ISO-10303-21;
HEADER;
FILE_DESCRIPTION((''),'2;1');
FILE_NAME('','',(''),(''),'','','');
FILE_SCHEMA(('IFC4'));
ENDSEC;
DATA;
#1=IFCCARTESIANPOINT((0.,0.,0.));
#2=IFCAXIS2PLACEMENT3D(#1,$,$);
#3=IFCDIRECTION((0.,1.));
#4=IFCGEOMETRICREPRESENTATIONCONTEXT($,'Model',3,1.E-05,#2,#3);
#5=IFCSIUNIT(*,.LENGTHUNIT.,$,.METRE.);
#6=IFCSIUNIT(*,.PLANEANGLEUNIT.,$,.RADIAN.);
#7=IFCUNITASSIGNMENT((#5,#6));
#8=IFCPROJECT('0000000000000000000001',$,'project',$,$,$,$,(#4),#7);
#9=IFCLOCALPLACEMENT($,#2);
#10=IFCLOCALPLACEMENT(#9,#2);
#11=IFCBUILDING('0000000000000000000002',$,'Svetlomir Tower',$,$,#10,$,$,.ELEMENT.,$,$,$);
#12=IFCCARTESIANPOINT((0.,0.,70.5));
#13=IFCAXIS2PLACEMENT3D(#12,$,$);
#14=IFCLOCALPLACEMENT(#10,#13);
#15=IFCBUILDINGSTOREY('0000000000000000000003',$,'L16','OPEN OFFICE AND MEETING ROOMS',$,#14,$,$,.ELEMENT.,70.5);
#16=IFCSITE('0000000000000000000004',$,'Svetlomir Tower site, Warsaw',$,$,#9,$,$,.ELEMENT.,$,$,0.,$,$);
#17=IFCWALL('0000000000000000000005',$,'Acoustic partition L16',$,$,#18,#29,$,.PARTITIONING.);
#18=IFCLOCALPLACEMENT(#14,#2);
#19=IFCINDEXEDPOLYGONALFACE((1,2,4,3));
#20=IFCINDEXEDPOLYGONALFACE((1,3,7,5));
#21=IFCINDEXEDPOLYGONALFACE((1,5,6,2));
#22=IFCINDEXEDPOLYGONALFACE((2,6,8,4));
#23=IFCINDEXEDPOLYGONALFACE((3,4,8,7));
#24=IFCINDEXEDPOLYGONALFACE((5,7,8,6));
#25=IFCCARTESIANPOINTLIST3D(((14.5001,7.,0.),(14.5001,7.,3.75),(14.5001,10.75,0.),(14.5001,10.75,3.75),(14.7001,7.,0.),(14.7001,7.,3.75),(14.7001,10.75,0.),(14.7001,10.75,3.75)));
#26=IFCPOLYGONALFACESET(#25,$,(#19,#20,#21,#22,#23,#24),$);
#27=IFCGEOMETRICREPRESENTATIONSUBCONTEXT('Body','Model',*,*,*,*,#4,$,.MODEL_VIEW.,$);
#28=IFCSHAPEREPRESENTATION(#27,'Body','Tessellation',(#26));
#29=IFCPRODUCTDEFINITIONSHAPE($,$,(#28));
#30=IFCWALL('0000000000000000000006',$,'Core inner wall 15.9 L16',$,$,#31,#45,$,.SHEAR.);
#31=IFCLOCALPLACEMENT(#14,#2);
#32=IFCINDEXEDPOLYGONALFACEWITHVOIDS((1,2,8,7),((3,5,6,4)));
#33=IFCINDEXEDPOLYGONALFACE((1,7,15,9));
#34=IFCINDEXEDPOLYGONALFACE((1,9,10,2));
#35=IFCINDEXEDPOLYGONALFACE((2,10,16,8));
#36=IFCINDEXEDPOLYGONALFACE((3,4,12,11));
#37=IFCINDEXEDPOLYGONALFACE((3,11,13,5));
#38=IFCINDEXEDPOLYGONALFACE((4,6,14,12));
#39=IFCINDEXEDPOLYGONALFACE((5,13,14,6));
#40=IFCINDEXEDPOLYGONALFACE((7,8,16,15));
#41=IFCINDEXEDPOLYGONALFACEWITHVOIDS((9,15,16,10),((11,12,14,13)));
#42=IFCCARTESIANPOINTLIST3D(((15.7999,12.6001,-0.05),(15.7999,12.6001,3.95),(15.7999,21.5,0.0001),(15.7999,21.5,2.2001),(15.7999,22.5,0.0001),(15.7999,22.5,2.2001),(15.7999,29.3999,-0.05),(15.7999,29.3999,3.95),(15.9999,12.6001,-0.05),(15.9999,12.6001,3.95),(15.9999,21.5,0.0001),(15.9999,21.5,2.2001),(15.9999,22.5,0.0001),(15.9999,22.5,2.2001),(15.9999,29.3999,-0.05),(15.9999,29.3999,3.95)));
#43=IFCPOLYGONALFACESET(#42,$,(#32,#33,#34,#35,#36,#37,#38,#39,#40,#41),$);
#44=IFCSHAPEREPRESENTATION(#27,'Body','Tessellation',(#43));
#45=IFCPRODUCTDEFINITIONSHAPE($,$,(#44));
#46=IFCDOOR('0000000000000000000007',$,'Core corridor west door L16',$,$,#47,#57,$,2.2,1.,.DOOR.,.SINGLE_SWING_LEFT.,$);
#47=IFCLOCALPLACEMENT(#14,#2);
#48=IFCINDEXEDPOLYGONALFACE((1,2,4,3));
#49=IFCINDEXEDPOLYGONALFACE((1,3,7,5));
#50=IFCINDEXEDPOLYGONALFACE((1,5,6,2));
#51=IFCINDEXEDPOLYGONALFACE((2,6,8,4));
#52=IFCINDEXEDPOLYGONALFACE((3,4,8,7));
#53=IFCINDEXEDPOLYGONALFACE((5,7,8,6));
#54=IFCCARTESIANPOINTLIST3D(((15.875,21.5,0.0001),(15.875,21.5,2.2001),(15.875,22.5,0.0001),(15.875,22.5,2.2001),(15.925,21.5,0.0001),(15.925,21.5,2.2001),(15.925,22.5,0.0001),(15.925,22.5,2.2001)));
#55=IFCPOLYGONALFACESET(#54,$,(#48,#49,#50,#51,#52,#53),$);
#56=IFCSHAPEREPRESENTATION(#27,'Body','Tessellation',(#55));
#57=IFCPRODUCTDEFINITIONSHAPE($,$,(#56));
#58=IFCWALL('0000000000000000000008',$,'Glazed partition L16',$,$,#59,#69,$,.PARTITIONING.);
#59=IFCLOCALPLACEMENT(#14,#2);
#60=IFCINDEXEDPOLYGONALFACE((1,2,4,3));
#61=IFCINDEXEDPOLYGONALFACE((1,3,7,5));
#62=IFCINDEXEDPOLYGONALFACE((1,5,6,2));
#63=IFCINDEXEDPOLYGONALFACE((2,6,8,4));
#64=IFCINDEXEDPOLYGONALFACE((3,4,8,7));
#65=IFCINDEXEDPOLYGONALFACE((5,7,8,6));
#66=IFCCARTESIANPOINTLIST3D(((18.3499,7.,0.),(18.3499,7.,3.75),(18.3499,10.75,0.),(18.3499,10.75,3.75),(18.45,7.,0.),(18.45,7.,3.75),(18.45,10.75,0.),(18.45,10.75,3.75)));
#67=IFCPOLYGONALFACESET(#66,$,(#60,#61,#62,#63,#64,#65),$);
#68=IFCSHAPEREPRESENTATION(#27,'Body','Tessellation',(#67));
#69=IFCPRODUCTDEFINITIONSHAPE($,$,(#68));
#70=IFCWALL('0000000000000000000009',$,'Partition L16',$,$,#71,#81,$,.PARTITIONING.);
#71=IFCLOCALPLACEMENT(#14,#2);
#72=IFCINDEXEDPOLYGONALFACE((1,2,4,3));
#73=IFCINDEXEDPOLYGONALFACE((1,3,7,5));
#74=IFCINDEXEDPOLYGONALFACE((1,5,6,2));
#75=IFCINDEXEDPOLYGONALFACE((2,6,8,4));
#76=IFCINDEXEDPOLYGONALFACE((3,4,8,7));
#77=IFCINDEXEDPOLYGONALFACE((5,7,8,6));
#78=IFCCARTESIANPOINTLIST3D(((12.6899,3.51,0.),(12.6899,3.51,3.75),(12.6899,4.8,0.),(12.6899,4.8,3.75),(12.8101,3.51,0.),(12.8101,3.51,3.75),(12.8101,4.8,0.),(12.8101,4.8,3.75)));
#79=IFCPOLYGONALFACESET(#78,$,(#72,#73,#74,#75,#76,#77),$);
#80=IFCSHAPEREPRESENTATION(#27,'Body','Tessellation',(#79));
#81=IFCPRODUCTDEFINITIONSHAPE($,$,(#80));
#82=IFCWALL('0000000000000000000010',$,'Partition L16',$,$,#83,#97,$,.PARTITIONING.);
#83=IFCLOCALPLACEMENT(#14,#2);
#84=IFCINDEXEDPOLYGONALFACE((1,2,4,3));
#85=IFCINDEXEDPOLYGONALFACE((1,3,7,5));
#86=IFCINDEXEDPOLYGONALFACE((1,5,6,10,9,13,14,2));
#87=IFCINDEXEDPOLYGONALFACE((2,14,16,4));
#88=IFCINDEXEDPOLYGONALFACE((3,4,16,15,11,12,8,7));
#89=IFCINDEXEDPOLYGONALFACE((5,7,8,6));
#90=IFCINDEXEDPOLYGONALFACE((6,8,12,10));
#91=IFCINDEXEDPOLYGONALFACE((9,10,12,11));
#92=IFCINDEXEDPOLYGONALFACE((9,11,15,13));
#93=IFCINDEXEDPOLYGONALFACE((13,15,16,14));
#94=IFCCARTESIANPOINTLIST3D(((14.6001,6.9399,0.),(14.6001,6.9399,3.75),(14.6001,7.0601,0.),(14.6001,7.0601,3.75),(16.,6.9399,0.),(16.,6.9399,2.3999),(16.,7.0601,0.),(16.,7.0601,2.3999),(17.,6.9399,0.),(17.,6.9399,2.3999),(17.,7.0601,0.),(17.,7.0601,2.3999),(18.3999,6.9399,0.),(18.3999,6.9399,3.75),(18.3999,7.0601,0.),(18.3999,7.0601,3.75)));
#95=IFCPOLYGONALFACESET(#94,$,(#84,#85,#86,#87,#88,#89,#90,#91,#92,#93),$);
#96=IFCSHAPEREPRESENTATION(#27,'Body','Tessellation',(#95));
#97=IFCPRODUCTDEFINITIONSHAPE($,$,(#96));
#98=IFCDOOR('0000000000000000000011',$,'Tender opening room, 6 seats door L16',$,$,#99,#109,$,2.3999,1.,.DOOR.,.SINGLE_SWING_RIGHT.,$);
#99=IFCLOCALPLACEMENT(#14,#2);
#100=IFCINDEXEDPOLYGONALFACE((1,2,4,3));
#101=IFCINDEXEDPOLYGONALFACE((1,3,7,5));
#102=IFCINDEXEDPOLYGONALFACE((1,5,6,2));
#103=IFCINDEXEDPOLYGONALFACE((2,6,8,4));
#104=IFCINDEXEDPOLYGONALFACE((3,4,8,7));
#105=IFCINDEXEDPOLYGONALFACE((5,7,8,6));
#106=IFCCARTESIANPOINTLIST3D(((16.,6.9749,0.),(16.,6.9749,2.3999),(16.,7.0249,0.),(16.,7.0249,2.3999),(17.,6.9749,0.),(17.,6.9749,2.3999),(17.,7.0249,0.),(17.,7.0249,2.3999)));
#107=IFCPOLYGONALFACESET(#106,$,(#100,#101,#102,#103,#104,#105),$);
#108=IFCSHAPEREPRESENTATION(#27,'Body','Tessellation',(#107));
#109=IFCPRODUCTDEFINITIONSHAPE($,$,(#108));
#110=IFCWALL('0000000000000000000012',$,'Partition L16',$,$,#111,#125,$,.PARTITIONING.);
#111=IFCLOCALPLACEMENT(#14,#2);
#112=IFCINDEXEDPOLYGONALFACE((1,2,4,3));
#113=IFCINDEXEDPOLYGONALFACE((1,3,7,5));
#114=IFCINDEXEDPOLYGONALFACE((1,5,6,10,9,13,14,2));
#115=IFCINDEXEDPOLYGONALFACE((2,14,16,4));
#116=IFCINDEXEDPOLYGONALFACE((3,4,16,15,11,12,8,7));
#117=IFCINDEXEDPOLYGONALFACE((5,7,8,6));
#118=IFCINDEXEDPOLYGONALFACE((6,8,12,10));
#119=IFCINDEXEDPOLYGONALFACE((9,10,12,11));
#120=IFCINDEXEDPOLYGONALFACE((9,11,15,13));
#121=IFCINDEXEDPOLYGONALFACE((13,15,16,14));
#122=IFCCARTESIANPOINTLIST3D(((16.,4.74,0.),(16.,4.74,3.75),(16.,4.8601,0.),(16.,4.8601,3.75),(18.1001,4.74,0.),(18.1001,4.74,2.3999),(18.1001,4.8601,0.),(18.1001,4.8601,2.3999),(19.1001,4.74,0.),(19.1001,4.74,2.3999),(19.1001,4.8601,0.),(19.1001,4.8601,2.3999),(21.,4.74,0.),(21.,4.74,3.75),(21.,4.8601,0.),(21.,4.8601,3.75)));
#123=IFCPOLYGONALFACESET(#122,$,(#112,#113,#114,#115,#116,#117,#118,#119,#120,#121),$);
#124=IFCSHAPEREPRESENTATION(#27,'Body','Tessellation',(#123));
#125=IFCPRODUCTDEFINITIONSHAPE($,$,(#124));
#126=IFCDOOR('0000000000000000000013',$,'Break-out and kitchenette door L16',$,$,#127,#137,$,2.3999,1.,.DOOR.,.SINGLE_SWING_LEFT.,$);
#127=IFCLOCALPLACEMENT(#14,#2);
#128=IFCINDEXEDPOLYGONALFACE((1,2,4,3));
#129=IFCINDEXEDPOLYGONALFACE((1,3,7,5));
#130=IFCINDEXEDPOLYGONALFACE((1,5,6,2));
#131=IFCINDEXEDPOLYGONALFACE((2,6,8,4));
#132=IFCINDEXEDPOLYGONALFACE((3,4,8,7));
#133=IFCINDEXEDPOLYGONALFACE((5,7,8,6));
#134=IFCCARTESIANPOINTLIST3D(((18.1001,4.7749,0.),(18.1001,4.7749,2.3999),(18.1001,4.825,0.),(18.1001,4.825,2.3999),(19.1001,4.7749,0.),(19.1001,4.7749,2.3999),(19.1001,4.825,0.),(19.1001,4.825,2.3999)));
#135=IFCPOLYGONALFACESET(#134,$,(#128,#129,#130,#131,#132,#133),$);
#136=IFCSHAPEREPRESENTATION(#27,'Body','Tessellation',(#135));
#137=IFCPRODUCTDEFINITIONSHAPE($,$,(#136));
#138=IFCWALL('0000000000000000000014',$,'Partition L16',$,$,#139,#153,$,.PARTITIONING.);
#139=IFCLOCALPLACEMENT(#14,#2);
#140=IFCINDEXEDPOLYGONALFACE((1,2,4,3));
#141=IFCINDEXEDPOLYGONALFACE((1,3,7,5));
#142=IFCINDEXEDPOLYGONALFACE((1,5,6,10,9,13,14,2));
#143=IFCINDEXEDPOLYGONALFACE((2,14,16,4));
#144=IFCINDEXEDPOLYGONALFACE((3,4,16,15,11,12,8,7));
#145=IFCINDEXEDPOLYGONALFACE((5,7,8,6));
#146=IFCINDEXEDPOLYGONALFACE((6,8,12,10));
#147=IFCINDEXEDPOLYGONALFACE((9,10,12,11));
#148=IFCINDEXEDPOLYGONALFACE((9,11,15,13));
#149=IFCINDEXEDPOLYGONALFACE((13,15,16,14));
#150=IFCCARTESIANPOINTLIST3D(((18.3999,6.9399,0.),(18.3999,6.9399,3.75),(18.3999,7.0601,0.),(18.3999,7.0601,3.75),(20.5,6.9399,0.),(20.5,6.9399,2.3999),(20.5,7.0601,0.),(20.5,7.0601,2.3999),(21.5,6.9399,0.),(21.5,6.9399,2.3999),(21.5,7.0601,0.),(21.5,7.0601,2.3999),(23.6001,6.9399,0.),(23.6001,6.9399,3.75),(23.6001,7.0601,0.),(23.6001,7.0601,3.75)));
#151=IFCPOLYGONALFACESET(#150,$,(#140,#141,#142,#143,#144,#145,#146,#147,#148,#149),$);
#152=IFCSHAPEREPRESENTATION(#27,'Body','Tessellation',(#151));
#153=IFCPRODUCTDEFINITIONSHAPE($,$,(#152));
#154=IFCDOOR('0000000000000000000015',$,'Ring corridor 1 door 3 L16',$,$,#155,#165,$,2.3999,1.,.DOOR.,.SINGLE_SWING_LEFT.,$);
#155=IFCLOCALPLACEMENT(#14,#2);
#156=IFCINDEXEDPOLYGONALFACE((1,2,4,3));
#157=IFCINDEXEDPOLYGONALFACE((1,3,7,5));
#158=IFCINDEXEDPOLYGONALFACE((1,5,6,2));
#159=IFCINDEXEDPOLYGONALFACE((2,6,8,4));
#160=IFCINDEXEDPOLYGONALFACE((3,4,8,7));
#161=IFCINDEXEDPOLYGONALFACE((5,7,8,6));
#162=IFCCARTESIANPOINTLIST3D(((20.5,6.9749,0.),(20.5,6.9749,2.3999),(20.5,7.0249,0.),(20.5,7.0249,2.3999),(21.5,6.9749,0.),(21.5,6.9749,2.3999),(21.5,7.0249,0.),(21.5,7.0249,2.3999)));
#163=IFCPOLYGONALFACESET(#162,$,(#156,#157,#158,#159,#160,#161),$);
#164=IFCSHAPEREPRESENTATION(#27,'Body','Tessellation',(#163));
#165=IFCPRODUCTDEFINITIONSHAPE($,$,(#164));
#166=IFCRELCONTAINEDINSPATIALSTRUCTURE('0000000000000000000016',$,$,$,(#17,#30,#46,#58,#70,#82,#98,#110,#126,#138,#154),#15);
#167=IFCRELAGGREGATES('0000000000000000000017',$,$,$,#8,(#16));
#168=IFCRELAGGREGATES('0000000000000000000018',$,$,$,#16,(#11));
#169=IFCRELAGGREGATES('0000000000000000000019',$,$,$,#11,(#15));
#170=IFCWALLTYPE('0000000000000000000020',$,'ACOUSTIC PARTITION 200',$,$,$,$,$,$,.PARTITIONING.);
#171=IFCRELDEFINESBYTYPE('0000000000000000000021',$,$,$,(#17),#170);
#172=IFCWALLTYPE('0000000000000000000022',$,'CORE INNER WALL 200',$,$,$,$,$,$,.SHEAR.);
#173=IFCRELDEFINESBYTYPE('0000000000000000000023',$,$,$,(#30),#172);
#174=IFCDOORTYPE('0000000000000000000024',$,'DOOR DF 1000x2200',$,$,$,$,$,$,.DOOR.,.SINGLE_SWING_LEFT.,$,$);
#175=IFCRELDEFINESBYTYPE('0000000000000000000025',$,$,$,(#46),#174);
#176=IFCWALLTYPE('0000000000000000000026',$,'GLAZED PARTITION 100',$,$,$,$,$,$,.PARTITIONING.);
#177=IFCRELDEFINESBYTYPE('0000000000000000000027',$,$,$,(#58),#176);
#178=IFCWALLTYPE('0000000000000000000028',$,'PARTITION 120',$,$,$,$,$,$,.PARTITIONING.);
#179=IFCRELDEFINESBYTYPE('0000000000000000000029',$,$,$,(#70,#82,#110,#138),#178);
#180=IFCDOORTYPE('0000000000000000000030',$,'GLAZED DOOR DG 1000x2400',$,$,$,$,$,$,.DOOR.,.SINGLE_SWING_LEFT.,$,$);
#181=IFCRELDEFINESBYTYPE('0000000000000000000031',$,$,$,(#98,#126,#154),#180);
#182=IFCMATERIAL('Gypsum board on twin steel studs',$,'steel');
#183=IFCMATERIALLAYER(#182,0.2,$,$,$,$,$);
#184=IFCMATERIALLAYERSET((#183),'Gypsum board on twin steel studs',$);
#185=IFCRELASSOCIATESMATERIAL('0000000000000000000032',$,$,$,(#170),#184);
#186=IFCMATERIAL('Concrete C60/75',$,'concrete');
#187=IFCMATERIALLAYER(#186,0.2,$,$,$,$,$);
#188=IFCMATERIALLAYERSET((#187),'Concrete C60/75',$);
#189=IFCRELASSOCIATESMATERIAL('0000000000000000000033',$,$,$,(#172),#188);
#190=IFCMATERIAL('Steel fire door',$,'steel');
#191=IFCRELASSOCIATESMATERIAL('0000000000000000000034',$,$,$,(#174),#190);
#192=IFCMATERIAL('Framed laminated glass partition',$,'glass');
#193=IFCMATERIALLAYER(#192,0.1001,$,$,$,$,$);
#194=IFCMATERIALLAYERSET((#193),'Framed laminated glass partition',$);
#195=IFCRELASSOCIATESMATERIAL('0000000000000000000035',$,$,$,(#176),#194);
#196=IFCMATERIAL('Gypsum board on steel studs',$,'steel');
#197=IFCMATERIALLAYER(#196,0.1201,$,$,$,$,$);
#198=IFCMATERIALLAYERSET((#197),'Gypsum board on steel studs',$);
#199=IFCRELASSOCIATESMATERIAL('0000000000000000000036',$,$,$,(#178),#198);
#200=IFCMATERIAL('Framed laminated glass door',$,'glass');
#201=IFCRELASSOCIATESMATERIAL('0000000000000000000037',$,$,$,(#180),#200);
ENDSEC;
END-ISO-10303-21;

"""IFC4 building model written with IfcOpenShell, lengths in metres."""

from ifc_helpers import new_model, si_unit, direction, frame, frame_2d, origin, place, context, subcontext, project, spatial, rectangle, extrude, material, layer, layer_set, type_object, element, fill, save


model = new_model("IFC4")

# Units and contexts
model_context = context("Model", 3, precision=1e-05, world=origin(), true_north=direction((0.0, 1.0)))
body_context = subcontext(model_context, "Body", "Model", "MODEL_VIEW")
ifc_project = project(units=[si_unit("LENGTHUNIT", "METRE"), si_unit("PLANEANGLEUNIT", "RADIAN")], contexts=[model_context])

# Site, building, storey
site_placement = place(None, origin())
site = spatial("IfcSite", under=ifc_project, at=site_placement, Name="Svetlomir Tower site, Warsaw", CompositionType="ELEMENT", RefElevation=0.0)
building_placement = place(site_placement, origin())
building = spatial("IfcBuilding", under=site, at=building_placement, Name="Svetlomir Tower", CompositionType="ELEMENT")
storey_placement = place(building_placement, frame((0.0, 0.0, 70.5)))
storey = spatial("IfcBuildingStorey", under=building, at=storey_placement, Name="L16", Description="OPEN OFFICE AND MEETING ROOMS", CompositionType="ELEMENT", Elevation=70.5)

# Wall
ifc_material_1 = material(Name="Gypsum board on twin steel studs", Category="steel")
ifc_layer_1 = layer(ifc_material_1, 0.2)
ifc_layer_set_1 = layer_set([ifc_layer_1], Name="Gypsum board on twin steel studs")
wall_type_1 = type_object("IfcWallType", Name="ACOUSTIC PARTITION 200", PredefinedType="PARTITIONING", material=ifc_layer_set_1)
wall_1_placement = place(storey_placement, frame((14.6001, 7.0, 0.0), z_axis=(0.0, 0.0, 1.0), x_axis=(0.0, 1.0, 0.0)))
element("IfcWall", 1, at=wall_1_placement, inside=storey, type_object=wall_type_1, Name="Acoustic partition L16", PredefinedType="PARTITIONING", context=body_context, shape_type="SweptSolid", body=[
    extrude(rectangle(XDim=3.75, YDim=0.2, at=frame_2d((1.875, 0.0))), origin(), (0.0, 0.0, 1.0), 3.75),
])

# Wall, opening, door
ifc_material_2 = material(Name="Concrete C60/75", Category="concrete")
ifc_layer_2 = layer(ifc_material_2, 0.2)
ifc_layer_set_2 = layer_set([ifc_layer_2], Name="Concrete C60/75")
wall_type_2 = type_object("IfcWallType", Name="CORE INNER WALL 200", PredefinedType="SHEAR", material=ifc_layer_set_2)
wall_2_placement = place(storey_placement, frame((15.8999, 12.6001, -0.05), z_axis=(0.0, 0.0, 1.0), x_axis=(0.0, 1.0, 0.0)))
wall_2 = element("IfcWall", 2, at=wall_2_placement, inside=storey, type_object=wall_type_2, Name="Core inner wall 15.9 L16", PredefinedType="SHEAR", context=body_context, shape_type="SweptSolid", body=[
    extrude(rectangle(XDim=16.7998, YDim=0.2, at=frame_2d((8.3999, 0.0))), origin(), (0.0, 0.0, 1.0), 4.0),
])
opening_1_placement = place(wall_2_placement, frame((8.8999, 0.0, 0.05)))
opening_1 = element("IfcOpeningElement", 3, at=opening_1_placement, cuts=wall_2, PredefinedType="OPENING", context=body_context, shape_type="SweptSolid", body=[
    extrude(rectangle(XDim=1.0, YDim=2.2, at=frame_2d((0.5, 1.1001))), frame((0.0, 0.1099, 0.0), z_axis=(0.0, -1.0, 0.0), x_axis=(1.0, 0.0, 0.0)), (0.0, 0.0, 1.0), 0.22),
])
ifc_material_3 = material(Name="Steel fire door", Category="steel")
door_type_1 = type_object("IfcDoorType", Name="DOOR DF 1000x2200", OperationType="SINGLE_SWING_LEFT", PredefinedType="DOOR", material=ifc_material_3)
door_1_placement = place(opening_1_placement, origin())
door_1 = element("IfcDoor", 4, at=door_1_placement, inside=storey, type_object=door_type_1, Name="Core corridor west door L16", OperationType="SINGLE_SWING_LEFT", OverallHeight=2.2, OverallWidth=1.0, PredefinedType="DOOR", context=body_context, shape_type="SweptSolid", body=[
    extrude(rectangle(XDim=1.0, YDim=2.2, at=frame_2d((0.5, 1.1001))), frame((0.0, 0.0249, 0.0), z_axis=(0.0, -1.0, 0.0), x_axis=(1.0, 0.0, 0.0)), (0.0, 0.0, 1.0), 0.05),
])
fill(opening_1, door_1)

# Walls
ifc_material_4 = material(Name="Framed laminated glass partition", Category="glass")
ifc_layer_3 = layer(ifc_material_4, 0.1001)
ifc_layer_set_3 = layer_set([ifc_layer_3], Name="Framed laminated glass partition")
wall_type_3 = type_object("IfcWallType", Name="GLAZED PARTITION 100", PredefinedType="PARTITIONING", material=ifc_layer_set_3)
wall_3_placement = place(storey_placement, frame((18.3999, 7.0, 0.0), z_axis=(0.0, 0.0, 1.0), x_axis=(0.0, 1.0, 0.0)))
element("IfcWall", 5, at=wall_3_placement, inside=storey, type_object=wall_type_3, Name="Glazed partition L16", PredefinedType="PARTITIONING", context=body_context, shape_type="SweptSolid", body=[
    extrude(rectangle(XDim=3.75, YDim=0.1001, at=frame_2d((1.875, 0.0))), origin(), (0.0, 0.0, 1.0), 3.75),
])
ifc_material_5 = material(Name="Gypsum board on steel studs", Category="steel")
ifc_layer_4 = layer(ifc_material_5, 0.1201)
ifc_layer_set_4 = layer_set([ifc_layer_4], Name="Gypsum board on steel studs")
wall_type_4 = type_object("IfcWallType", Name="PARTITION 120", PredefinedType="PARTITIONING", material=ifc_layer_set_4)
wall_4_placement = place(storey_placement, frame((12.75, 3.51, 0.0), z_axis=(0.0, 0.0, 1.0), x_axis=(0.0, 1.0, 0.0)))
element("IfcWall", 6, at=wall_4_placement, inside=storey, type_object=wall_type_4, Name="Partition L16", PredefinedType="PARTITIONING", context=body_context, shape_type="SweptSolid", body=[
    extrude(rectangle(XDim=1.29, YDim=0.1201, at=frame_2d((0.645, 0.0))), origin(), (0.0, 0.0, 1.0), 3.75),
])

# Walls, openings, doors
wall_5_placement = place(storey_placement, frame((14.6001, 7.0, 0.0), z_axis=(0.0, 0.0, 1.0), x_axis=(1.0, 0.0, 0.0)))
wall_5 = element("IfcWall", 7, at=wall_5_placement, inside=storey, type_object=wall_type_4, Name="Partition L16", PredefinedType="PARTITIONING", context=body_context, shape_type="SweptSolid", body=[
    extrude(rectangle(XDim=3.7998, YDim=0.1201, at=frame_2d((1.8999, 0.0))), origin(), (0.0, 0.0, 1.0), 3.75),
])
opening_2_placement = place(wall_5_placement, frame((1.3999, 0.0, 0.0)))
opening_2 = element("IfcOpeningElement", 8, at=opening_2_placement, cuts=wall_5, PredefinedType="OPENING", context=body_context, shape_type="SweptSolid", body=[
    extrude(rectangle(XDim=1.0, YDim=2.3999, at=frame_2d((0.5, 1.2))), frame((0.0, 0.0701, 0.0), z_axis=(0.0, -1.0, 0.0), x_axis=(1.0, 0.0, 0.0)), (0.0, 0.0, 1.0), 0.1401),
])
ifc_material_6 = material(Name="Framed laminated glass door", Category="glass")
door_type_2 = type_object("IfcDoorType", Name="GLAZED DOOR DG 1000x2400", OperationType="SINGLE_SWING_LEFT", PredefinedType="DOOR", material=ifc_material_6)
door_2_placement = place(opening_2_placement, origin())
door_2 = element("IfcDoor", 9, at=door_2_placement, inside=storey, type_object=door_type_2, Name="Tender opening room, 6 seats door L16", OperationType="SINGLE_SWING_RIGHT", OverallHeight=2.3999, OverallWidth=1.0, PredefinedType="DOOR", context=body_context, shape_type="SweptSolid", body=[
    extrude(rectangle(XDim=1.0, YDim=2.3999, at=frame_2d((0.5, 1.2))), frame((0.0, 0.0249, 0.0), z_axis=(0.0, -1.0, 0.0), x_axis=(1.0, 0.0, 0.0)), (0.0, 0.0, 1.0), 0.05),
])
fill(opening_2, door_2)
wall_6_placement = place(storey_placement, frame((16.0, 4.8, 0.0), z_axis=(0.0, 0.0, 1.0), x_axis=(1.0, 0.0, 0.0)))
wall_6 = element("IfcWall", 10, at=wall_6_placement, inside=storey, type_object=wall_type_4, Name="Partition L16", PredefinedType="PARTITIONING", context=body_context, shape_type="SweptSolid", body=[
    extrude(rectangle(XDim=5.0, YDim=0.1201, at=frame_2d((2.5, 0.0))), origin(), (0.0, 0.0, 1.0), 3.75),
])
opening_3_placement = place(wall_6_placement, frame((2.1001, 0.0, 0.0)))
opening_3 = element("IfcOpeningElement", 11, at=opening_3_placement, cuts=wall_6, PredefinedType="OPENING", context=body_context, shape_type="SweptSolid", body=[
    extrude(rectangle(XDim=1.0, YDim=2.3999, at=frame_2d((0.5, 1.2))), frame((0.0, 0.0701, 0.0), z_axis=(0.0, -1.0, 0.0), x_axis=(1.0, 0.0, 0.0)), (0.0, 0.0, 1.0), 0.1401),
])
door_3_placement = place(opening_3_placement, origin())
door_3 = element("IfcDoor", 12, at=door_3_placement, inside=storey, type_object=door_type_2, Name="Break-out and kitchenette door L16", OperationType="SINGLE_SWING_LEFT", OverallHeight=2.3999, OverallWidth=1.0, PredefinedType="DOOR", context=body_context, shape_type="SweptSolid", body=[
    extrude(rectangle(XDim=1.0, YDim=2.3999, at=frame_2d((0.5, 1.2))), frame((0.0, 0.0249, 0.0), z_axis=(0.0, -1.0, 0.0), x_axis=(1.0, 0.0, 0.0)), (0.0, 0.0, 1.0), 0.05),
])
fill(opening_3, door_3)
wall_7_placement = place(storey_placement, frame((18.3999, 7.0, 0.0), z_axis=(0.0, 0.0, 1.0), x_axis=(1.0, 0.0, 0.0)))
wall_7 = element("IfcWall", 13, at=wall_7_placement, inside=storey, type_object=wall_type_4, Name="Partition L16", PredefinedType="PARTITIONING", context=body_context, shape_type="SweptSolid", body=[
    extrude(rectangle(XDim=5.2002, YDim=0.1201, at=frame_2d((2.6001, 0.0))), origin(), (0.0, 0.0, 1.0), 3.75),
])
opening_4_placement = place(wall_7_placement, frame((2.1001, 0.0, 0.0)))
opening_4 = element("IfcOpeningElement", 14, at=opening_4_placement, cuts=wall_7, PredefinedType="OPENING", context=body_context, shape_type="SweptSolid", body=[
    extrude(rectangle(XDim=1.0, YDim=2.3999, at=frame_2d((0.5, 1.2))), frame((0.0, 0.0701, 0.0), z_axis=(0.0, -1.0, 0.0), x_axis=(1.0, 0.0, 0.0)), (0.0, 0.0, 1.0), 0.1401),
])
door_4_placement = place(opening_4_placement, origin())
door_4 = element("IfcDoor", 15, at=door_4_placement, inside=storey, type_object=door_type_2, Name="Ring corridor 1 door 3 L16", OperationType="SINGLE_SWING_LEFT", OverallHeight=2.3999, OverallWidth=1.0, PredefinedType="DOOR", context=body_context, shape_type="SweptSolid", body=[
    extrude(rectangle(XDim=1.0, YDim=2.3999, at=frame_2d((0.5, 1.2))), frame((0.0, 0.0249, 0.0), z_axis=(0.0, -1.0, 0.0), x_axis=(1.0, 0.0, 0.0)), (0.0, 0.0, 1.0), 0.05),
])
fill(opening_4, door_4)

save(model, "model.ifc")
